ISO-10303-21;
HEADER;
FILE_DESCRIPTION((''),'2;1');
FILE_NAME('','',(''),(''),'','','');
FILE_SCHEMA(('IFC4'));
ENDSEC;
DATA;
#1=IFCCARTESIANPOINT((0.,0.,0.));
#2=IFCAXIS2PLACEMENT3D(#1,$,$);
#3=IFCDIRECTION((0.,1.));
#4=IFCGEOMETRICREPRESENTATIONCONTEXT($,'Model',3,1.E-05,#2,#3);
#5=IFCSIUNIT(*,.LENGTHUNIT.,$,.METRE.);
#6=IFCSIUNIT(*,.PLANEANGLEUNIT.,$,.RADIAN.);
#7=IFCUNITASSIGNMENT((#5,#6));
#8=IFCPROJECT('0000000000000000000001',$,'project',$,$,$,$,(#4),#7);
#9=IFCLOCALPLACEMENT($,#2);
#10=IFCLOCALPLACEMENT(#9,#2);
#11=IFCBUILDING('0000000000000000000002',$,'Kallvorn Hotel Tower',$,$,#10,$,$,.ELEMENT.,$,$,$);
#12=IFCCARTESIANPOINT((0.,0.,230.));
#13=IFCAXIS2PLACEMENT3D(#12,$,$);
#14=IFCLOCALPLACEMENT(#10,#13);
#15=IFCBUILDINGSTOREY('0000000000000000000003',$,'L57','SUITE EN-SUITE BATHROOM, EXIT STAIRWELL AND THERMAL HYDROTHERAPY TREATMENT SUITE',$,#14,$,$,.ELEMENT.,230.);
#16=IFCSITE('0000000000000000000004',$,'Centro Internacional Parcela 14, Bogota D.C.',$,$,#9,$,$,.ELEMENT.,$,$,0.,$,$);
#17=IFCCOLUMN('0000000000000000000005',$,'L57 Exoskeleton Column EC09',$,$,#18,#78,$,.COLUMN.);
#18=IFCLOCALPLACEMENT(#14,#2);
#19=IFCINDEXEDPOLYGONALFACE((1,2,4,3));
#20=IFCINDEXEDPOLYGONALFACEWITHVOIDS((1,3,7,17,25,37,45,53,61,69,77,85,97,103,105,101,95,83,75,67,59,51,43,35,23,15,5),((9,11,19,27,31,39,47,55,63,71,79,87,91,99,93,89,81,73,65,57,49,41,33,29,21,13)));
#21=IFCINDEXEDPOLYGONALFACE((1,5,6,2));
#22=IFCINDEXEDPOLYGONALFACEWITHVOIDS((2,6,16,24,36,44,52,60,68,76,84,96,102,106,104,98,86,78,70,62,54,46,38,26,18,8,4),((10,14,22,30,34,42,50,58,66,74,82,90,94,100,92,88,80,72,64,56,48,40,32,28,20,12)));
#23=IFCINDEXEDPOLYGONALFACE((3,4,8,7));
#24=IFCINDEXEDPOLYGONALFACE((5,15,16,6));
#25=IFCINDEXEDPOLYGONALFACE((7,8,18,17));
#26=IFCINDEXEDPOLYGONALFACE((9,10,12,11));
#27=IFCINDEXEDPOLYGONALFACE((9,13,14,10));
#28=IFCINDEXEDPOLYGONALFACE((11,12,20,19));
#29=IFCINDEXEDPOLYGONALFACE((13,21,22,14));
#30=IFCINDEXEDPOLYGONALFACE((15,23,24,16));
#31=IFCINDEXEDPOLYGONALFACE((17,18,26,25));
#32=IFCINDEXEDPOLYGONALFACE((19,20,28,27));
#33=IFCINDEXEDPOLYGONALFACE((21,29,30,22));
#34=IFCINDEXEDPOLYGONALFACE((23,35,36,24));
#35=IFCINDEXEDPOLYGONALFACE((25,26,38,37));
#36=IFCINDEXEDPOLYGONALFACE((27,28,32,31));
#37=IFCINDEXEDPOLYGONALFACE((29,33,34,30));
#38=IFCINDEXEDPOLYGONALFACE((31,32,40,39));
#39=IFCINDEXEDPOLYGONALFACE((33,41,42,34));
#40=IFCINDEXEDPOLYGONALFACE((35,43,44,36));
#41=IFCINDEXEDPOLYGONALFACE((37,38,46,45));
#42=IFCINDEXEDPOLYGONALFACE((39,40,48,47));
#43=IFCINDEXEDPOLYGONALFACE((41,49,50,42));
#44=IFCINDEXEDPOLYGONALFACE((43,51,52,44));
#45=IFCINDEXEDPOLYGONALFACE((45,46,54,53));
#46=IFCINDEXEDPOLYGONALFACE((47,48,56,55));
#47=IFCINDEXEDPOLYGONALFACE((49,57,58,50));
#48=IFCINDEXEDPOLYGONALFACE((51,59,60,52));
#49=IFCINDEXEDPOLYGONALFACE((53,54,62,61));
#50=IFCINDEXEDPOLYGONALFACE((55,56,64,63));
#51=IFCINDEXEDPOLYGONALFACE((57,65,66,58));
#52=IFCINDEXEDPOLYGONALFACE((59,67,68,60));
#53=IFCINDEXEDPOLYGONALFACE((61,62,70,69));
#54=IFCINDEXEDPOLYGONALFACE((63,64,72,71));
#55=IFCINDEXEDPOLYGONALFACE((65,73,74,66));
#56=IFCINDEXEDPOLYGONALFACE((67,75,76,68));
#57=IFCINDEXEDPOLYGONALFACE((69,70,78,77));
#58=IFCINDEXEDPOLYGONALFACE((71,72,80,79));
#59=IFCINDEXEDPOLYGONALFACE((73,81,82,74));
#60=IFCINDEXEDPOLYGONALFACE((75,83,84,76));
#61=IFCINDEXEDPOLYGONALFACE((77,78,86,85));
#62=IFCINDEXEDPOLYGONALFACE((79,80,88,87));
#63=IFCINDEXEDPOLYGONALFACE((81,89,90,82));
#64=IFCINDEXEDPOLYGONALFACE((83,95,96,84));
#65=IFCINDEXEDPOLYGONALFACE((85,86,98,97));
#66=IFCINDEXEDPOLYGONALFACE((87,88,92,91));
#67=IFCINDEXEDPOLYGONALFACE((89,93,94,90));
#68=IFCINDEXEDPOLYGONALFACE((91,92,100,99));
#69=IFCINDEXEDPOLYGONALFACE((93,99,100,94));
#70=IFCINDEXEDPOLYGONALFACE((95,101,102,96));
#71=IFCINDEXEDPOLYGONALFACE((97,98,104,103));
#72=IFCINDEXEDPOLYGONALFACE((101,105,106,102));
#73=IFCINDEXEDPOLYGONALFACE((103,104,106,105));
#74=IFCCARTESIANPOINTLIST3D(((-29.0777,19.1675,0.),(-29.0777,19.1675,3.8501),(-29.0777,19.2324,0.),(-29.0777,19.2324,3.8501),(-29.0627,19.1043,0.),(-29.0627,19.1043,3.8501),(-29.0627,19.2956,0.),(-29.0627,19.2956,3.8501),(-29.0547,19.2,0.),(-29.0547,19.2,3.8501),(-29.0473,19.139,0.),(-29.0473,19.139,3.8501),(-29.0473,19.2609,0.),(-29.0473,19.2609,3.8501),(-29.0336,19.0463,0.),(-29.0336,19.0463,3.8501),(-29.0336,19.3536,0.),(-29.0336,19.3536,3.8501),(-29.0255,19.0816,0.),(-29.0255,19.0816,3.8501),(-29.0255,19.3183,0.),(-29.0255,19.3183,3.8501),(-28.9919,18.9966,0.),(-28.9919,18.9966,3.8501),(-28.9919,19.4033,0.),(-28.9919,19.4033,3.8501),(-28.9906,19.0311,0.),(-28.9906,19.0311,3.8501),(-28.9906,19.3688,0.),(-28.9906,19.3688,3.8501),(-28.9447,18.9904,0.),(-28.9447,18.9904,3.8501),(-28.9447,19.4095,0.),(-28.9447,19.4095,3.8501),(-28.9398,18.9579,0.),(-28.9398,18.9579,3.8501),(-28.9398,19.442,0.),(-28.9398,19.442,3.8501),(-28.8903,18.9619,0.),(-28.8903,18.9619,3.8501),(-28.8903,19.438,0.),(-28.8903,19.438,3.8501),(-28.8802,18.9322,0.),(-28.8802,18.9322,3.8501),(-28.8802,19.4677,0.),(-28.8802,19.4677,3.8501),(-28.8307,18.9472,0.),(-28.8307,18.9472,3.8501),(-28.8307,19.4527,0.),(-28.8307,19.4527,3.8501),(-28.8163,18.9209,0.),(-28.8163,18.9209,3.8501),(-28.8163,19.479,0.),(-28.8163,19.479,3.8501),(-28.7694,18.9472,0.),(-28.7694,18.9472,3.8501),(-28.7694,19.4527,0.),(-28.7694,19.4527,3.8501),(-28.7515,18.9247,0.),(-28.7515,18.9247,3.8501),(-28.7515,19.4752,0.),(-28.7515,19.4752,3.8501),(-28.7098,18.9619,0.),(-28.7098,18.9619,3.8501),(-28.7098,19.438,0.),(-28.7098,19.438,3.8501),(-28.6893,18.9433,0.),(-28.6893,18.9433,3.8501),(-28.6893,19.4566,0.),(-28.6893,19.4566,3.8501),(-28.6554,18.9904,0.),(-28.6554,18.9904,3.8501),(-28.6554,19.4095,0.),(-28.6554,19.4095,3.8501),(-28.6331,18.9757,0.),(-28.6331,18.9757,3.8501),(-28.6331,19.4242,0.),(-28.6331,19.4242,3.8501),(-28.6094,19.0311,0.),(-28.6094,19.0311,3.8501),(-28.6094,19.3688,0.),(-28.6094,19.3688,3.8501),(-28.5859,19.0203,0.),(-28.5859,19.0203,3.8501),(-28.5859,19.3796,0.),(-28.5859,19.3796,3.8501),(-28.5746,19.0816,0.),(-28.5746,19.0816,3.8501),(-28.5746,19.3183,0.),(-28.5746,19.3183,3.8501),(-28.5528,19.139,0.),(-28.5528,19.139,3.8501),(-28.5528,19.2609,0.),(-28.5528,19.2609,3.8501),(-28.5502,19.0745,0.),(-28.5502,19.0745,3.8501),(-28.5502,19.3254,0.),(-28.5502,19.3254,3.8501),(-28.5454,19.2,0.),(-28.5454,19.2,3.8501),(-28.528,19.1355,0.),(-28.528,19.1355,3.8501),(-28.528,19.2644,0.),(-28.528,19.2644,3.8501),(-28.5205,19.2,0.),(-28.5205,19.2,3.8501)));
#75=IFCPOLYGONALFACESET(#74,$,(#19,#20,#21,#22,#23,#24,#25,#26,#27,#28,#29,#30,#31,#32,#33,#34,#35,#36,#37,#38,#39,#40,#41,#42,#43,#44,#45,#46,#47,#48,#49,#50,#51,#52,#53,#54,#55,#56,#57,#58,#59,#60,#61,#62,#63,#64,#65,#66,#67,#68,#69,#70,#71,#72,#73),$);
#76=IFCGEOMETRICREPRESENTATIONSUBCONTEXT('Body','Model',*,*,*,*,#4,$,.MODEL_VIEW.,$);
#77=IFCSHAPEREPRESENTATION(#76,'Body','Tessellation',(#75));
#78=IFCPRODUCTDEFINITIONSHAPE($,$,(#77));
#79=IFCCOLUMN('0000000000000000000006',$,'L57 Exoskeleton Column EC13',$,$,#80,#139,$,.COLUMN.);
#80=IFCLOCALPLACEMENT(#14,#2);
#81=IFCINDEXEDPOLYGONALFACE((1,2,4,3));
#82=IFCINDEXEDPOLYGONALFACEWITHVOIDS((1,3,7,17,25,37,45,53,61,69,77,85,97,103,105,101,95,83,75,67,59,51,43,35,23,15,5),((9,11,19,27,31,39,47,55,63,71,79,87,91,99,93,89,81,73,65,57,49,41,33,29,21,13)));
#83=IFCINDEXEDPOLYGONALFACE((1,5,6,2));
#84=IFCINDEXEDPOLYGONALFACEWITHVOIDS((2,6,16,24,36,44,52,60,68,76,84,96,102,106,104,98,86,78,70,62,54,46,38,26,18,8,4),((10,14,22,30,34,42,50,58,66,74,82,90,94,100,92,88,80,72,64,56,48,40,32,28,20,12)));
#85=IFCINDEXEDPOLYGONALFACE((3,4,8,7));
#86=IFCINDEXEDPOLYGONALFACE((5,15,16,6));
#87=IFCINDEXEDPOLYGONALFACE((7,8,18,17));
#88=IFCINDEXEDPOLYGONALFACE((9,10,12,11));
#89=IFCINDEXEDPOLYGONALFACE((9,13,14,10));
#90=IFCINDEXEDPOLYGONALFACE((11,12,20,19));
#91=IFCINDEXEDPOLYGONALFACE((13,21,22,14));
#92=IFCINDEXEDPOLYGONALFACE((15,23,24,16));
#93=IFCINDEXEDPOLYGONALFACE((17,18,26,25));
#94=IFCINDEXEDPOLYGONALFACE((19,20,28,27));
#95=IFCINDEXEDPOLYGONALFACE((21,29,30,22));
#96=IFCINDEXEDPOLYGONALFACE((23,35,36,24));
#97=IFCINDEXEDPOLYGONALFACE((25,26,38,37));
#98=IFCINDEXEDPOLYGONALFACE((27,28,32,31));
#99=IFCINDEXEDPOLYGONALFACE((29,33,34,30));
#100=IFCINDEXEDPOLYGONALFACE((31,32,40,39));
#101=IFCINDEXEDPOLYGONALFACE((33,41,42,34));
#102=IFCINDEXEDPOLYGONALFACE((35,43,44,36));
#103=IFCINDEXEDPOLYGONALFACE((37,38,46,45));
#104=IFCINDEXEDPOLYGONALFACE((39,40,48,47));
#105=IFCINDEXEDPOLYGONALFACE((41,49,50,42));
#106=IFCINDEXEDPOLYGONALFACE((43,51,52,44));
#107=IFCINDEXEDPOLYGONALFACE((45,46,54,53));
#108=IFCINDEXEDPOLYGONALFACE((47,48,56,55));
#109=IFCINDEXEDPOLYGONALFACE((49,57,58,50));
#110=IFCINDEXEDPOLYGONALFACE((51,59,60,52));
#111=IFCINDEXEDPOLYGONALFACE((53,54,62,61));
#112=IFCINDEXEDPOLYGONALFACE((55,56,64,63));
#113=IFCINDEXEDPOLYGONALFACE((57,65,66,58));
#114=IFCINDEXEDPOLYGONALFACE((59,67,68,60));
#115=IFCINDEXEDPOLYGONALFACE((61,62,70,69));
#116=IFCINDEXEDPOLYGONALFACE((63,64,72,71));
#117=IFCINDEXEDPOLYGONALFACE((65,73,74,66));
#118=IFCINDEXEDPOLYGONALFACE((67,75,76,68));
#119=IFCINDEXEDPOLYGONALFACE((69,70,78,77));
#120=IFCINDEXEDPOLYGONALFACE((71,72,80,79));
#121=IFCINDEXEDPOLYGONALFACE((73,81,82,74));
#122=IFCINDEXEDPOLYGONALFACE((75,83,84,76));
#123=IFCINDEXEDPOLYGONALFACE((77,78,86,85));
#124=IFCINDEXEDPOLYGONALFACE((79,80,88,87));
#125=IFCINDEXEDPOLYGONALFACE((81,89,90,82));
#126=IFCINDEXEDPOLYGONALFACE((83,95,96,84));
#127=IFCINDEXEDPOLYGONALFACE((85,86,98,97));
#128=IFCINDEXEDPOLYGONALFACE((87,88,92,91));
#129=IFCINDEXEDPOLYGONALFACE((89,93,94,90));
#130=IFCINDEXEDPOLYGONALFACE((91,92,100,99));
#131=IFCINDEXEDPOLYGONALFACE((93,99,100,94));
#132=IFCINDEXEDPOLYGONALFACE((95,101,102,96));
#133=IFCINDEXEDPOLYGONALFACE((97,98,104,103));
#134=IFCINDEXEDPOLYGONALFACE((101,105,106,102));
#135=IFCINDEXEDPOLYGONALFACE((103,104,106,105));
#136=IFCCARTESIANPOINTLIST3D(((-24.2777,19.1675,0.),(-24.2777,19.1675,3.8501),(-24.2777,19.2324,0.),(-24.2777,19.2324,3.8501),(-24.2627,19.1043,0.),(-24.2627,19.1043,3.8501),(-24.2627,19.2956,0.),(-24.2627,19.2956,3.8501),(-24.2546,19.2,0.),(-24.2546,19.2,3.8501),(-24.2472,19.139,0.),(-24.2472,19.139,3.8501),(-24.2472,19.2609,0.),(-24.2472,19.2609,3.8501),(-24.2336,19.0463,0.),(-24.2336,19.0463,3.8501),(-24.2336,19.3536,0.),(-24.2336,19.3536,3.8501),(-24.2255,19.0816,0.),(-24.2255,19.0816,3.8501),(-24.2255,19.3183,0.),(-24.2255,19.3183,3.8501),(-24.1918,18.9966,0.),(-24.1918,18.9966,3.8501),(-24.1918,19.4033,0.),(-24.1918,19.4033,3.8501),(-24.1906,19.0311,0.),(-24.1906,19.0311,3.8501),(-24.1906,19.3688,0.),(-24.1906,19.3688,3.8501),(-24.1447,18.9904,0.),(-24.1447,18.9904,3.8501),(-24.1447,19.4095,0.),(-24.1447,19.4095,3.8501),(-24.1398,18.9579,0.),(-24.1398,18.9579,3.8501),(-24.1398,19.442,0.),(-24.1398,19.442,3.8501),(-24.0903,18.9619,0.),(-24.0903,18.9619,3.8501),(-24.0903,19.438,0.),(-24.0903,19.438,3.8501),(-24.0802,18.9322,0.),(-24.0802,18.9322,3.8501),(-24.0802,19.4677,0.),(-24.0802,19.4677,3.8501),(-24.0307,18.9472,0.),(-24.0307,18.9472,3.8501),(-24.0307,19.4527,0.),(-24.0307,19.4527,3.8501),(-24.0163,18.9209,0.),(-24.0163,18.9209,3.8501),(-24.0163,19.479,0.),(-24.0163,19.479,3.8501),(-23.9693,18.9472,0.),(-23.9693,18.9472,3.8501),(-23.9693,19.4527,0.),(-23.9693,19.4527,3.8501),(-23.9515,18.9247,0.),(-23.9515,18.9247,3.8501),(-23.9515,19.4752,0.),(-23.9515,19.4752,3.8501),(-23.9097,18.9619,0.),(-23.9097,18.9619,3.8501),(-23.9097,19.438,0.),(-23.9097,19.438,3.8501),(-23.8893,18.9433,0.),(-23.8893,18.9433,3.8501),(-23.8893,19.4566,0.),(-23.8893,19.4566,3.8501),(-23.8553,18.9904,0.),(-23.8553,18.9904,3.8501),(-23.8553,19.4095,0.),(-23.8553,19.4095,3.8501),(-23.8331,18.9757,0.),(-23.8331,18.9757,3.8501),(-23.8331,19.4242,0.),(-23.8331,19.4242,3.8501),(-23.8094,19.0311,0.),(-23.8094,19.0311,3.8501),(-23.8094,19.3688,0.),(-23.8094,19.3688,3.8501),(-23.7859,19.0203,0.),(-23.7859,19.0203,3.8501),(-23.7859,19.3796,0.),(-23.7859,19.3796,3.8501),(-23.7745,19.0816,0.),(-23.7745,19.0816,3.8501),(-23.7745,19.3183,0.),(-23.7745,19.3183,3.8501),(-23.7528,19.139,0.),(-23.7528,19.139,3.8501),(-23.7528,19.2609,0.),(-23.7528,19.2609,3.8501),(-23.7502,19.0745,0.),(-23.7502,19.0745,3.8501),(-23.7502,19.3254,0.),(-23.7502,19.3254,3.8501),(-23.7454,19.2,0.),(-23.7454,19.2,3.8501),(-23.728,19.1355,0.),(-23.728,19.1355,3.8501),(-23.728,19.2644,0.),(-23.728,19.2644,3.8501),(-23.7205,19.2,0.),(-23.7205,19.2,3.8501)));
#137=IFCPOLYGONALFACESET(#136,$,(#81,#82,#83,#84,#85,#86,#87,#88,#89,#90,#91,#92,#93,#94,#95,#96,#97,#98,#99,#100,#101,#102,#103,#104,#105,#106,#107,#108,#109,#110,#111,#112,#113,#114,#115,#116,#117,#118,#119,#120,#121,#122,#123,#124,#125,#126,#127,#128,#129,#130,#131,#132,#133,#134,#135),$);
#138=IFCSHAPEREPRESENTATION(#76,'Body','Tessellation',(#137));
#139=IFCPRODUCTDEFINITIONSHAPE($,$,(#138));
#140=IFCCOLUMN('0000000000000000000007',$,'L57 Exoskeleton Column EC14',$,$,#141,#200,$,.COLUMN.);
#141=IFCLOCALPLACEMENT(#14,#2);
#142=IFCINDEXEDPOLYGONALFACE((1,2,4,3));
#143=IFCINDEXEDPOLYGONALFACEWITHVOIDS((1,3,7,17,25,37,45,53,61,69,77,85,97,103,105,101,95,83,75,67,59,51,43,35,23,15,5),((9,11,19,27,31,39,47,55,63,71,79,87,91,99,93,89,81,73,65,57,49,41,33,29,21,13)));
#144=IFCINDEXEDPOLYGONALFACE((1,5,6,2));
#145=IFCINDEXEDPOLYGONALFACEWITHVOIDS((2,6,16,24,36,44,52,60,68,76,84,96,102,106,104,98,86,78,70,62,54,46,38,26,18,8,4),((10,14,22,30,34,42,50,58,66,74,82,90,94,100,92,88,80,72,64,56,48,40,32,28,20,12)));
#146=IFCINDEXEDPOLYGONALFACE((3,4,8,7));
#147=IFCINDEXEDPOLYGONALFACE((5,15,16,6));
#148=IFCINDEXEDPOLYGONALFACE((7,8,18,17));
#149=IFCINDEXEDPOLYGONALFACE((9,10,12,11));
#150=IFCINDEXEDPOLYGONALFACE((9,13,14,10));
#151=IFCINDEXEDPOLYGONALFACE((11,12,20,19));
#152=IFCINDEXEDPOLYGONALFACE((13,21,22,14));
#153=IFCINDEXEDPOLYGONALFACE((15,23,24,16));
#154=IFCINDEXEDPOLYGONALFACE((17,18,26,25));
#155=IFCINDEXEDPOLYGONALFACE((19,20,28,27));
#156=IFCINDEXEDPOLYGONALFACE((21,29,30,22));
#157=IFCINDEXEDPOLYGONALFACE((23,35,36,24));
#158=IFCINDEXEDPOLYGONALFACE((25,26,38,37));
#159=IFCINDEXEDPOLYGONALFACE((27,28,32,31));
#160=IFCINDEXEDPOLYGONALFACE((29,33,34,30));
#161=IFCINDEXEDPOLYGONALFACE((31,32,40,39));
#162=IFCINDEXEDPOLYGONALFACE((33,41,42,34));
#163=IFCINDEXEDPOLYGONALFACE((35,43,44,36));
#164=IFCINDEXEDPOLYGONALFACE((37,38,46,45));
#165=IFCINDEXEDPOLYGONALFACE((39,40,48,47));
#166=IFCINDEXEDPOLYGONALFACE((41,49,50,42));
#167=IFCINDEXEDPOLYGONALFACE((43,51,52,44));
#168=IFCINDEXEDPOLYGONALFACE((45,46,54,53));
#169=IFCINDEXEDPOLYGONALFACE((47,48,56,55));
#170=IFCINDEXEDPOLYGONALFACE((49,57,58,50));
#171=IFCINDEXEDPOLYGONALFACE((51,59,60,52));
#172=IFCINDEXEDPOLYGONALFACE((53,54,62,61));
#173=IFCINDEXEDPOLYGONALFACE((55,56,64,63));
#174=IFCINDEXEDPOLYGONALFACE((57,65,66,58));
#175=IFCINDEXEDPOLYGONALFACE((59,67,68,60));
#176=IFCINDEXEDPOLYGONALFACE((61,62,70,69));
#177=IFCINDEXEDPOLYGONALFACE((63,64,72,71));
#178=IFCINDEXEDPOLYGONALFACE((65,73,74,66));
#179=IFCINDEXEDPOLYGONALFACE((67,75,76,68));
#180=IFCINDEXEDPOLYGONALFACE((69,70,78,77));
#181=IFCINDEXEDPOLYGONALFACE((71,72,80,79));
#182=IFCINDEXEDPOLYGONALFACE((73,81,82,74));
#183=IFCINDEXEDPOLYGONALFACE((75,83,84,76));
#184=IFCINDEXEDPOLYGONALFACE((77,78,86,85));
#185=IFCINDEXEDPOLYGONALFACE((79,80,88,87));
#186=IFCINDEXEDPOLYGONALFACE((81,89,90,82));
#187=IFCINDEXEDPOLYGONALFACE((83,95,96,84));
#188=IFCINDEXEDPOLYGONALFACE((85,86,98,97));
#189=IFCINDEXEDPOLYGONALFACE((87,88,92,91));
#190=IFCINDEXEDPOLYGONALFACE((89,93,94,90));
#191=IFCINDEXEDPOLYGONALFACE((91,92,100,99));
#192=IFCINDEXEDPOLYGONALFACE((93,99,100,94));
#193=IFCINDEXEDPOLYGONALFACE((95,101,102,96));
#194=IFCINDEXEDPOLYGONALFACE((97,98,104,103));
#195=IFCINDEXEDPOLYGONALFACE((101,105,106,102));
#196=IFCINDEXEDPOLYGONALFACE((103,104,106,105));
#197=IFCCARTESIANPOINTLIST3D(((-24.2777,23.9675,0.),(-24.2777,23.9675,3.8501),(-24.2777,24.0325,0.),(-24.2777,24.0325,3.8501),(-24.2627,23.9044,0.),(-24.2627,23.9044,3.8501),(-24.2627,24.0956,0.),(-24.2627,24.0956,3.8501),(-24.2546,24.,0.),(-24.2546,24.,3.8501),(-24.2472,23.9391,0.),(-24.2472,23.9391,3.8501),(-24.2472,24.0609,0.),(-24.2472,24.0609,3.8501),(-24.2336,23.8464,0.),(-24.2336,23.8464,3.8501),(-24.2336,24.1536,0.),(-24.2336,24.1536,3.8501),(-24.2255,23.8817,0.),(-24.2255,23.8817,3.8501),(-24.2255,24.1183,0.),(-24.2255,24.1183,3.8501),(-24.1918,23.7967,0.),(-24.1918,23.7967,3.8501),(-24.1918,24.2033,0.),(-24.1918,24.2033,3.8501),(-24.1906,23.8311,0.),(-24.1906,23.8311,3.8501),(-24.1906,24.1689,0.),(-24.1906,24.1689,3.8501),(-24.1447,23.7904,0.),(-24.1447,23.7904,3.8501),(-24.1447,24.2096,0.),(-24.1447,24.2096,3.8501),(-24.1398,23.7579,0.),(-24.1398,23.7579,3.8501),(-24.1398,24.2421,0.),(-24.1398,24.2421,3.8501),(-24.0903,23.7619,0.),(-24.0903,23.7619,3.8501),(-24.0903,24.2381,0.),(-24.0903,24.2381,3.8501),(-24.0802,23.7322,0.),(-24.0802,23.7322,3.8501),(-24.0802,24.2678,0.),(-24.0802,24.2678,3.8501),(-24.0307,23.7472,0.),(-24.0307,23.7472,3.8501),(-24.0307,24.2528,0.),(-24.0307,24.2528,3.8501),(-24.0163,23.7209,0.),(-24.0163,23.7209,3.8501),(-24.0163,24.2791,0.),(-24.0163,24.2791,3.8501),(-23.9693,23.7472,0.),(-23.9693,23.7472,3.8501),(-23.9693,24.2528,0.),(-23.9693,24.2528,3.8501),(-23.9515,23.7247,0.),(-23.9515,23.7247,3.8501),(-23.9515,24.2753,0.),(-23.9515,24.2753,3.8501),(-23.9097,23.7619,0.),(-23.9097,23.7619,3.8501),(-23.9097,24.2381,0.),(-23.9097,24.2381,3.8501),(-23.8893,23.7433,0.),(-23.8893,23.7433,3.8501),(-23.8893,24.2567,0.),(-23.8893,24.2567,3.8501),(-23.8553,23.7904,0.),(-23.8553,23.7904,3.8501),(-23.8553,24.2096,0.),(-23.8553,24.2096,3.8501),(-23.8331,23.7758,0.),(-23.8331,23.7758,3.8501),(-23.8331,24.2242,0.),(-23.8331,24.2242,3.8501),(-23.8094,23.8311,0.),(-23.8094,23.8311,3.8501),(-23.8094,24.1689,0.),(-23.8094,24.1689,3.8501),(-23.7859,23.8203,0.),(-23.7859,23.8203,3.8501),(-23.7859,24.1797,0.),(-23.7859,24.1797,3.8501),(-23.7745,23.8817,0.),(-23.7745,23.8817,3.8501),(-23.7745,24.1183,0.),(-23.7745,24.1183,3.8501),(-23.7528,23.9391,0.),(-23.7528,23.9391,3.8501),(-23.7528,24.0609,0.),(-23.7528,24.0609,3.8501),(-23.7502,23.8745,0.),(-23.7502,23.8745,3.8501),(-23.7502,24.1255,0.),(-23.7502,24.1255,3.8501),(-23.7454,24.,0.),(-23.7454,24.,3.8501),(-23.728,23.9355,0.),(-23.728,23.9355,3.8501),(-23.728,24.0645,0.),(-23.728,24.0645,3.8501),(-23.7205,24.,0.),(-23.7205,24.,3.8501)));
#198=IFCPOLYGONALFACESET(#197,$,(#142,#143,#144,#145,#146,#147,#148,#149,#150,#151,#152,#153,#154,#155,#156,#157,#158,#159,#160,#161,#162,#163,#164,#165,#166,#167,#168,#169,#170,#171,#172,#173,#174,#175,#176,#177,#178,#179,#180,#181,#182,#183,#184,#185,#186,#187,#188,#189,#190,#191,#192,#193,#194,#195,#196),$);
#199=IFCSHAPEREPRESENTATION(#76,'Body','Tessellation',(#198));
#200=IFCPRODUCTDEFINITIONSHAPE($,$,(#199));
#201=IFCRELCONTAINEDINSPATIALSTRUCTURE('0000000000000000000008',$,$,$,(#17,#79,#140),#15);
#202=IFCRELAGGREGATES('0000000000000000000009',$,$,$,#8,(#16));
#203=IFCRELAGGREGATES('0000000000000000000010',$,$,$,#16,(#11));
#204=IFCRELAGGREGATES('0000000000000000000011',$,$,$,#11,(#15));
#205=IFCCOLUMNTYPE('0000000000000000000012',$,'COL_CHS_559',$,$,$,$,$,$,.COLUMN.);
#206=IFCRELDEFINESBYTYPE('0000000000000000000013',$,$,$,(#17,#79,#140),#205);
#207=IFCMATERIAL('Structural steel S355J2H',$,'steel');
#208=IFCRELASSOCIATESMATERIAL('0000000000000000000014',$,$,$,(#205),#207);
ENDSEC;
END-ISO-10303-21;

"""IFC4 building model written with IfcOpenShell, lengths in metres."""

from ifc_helpers import new_model, si_unit, direction, frame, origin, origin_2d, place, context, subcontext, project, spatial, hollow_circle, extrude, material, material_profile, profile_set, type_object, element, save


model = new_model("IFC4")

# Units and contexts
model_context = context("Model", 3, precision=1e-05, world=origin(), true_north=direction((0.0, 1.0)))
body_context = subcontext(model_context, "Body", "Model", "MODEL_VIEW")
ifc_project = project(units=[si_unit("LENGTHUNIT", "METRE"), si_unit("PLANEANGLEUNIT", "RADIAN")], contexts=[model_context])

# Site, building, storey
site_placement = place(None, origin())
site = spatial("IfcSite", under=ifc_project, at=site_placement, Name="Centro Internacional Parcela 14, Bogota D.C.", CompositionType="ELEMENT", RefElevation=0.0)
building_placement = place(site_placement, origin())
building = spatial("IfcBuilding", under=site, at=building_placement, Name="Kallvorn Hotel Tower", CompositionType="ELEMENT")
storey_placement = place(building_placement, frame((0.0, 0.0, 230.0)))
storey = spatial("IfcBuildingStorey", under=building, at=storey_placement, Name="L57", Description="SUITE EN-SUITE BATHROOM, EXIT STAIRWELL AND THERMAL HYDROTHERAPY TREATMENT SUITE", CompositionType="ELEMENT", Elevation=230.0)

# Columns
ifc_material_1 = material(Name="Structural steel S355J2H", Category="steel")
ifc_material_profile_1 = material_profile(ifc_material_1, hollow_circle(Radius=0.2795, WallThickness=0.0249, at=origin_2d()), Name="CHS 559x25")
ifc_profile_set_1 = profile_set([ifc_material_profile_1], Name="Structural steel S355J2H")
column_type_1 = type_object("IfcColumnType", Name="COL_CHS_559", PredefinedType="COLUMN", material=ifc_profile_set_1)
for number, where, z_axis, x_axis, name in (
    (1, (-28.8, 19.2, 0.0), (0.0, 0.0, 1.0), (1.0, 0.0, 0.0), "L57 Exoskeleton Column EC09"),
    (2, (-24.0, 19.2, 0.0), (0.0, 0.0, 1.0), (1.0, 0.0, 0.0), "L57 Exoskeleton Column EC13"),
    (3, (-24.0, 24.0, 0.0), (0.0, 0.0, 1.0), (1.0, 0.0, 0.0), "L57 Exoskeleton Column EC14"),
):
    element("IfcColumn", number, at=place(storey_placement, frame(where, z_axis=z_axis, x_axis=x_axis)), inside=storey, type_object=column_type_1, Name=name, PredefinedType="COLUMN", context=body_context, shape_type="SweptSolid", body=[
        extrude(hollow_circle(Radius=0.2795, WallThickness=0.0249, at=origin_2d()), origin(), (0.0, 0.0, 1.0), 3.8501),
    ])

save(model, "model.ifc")
